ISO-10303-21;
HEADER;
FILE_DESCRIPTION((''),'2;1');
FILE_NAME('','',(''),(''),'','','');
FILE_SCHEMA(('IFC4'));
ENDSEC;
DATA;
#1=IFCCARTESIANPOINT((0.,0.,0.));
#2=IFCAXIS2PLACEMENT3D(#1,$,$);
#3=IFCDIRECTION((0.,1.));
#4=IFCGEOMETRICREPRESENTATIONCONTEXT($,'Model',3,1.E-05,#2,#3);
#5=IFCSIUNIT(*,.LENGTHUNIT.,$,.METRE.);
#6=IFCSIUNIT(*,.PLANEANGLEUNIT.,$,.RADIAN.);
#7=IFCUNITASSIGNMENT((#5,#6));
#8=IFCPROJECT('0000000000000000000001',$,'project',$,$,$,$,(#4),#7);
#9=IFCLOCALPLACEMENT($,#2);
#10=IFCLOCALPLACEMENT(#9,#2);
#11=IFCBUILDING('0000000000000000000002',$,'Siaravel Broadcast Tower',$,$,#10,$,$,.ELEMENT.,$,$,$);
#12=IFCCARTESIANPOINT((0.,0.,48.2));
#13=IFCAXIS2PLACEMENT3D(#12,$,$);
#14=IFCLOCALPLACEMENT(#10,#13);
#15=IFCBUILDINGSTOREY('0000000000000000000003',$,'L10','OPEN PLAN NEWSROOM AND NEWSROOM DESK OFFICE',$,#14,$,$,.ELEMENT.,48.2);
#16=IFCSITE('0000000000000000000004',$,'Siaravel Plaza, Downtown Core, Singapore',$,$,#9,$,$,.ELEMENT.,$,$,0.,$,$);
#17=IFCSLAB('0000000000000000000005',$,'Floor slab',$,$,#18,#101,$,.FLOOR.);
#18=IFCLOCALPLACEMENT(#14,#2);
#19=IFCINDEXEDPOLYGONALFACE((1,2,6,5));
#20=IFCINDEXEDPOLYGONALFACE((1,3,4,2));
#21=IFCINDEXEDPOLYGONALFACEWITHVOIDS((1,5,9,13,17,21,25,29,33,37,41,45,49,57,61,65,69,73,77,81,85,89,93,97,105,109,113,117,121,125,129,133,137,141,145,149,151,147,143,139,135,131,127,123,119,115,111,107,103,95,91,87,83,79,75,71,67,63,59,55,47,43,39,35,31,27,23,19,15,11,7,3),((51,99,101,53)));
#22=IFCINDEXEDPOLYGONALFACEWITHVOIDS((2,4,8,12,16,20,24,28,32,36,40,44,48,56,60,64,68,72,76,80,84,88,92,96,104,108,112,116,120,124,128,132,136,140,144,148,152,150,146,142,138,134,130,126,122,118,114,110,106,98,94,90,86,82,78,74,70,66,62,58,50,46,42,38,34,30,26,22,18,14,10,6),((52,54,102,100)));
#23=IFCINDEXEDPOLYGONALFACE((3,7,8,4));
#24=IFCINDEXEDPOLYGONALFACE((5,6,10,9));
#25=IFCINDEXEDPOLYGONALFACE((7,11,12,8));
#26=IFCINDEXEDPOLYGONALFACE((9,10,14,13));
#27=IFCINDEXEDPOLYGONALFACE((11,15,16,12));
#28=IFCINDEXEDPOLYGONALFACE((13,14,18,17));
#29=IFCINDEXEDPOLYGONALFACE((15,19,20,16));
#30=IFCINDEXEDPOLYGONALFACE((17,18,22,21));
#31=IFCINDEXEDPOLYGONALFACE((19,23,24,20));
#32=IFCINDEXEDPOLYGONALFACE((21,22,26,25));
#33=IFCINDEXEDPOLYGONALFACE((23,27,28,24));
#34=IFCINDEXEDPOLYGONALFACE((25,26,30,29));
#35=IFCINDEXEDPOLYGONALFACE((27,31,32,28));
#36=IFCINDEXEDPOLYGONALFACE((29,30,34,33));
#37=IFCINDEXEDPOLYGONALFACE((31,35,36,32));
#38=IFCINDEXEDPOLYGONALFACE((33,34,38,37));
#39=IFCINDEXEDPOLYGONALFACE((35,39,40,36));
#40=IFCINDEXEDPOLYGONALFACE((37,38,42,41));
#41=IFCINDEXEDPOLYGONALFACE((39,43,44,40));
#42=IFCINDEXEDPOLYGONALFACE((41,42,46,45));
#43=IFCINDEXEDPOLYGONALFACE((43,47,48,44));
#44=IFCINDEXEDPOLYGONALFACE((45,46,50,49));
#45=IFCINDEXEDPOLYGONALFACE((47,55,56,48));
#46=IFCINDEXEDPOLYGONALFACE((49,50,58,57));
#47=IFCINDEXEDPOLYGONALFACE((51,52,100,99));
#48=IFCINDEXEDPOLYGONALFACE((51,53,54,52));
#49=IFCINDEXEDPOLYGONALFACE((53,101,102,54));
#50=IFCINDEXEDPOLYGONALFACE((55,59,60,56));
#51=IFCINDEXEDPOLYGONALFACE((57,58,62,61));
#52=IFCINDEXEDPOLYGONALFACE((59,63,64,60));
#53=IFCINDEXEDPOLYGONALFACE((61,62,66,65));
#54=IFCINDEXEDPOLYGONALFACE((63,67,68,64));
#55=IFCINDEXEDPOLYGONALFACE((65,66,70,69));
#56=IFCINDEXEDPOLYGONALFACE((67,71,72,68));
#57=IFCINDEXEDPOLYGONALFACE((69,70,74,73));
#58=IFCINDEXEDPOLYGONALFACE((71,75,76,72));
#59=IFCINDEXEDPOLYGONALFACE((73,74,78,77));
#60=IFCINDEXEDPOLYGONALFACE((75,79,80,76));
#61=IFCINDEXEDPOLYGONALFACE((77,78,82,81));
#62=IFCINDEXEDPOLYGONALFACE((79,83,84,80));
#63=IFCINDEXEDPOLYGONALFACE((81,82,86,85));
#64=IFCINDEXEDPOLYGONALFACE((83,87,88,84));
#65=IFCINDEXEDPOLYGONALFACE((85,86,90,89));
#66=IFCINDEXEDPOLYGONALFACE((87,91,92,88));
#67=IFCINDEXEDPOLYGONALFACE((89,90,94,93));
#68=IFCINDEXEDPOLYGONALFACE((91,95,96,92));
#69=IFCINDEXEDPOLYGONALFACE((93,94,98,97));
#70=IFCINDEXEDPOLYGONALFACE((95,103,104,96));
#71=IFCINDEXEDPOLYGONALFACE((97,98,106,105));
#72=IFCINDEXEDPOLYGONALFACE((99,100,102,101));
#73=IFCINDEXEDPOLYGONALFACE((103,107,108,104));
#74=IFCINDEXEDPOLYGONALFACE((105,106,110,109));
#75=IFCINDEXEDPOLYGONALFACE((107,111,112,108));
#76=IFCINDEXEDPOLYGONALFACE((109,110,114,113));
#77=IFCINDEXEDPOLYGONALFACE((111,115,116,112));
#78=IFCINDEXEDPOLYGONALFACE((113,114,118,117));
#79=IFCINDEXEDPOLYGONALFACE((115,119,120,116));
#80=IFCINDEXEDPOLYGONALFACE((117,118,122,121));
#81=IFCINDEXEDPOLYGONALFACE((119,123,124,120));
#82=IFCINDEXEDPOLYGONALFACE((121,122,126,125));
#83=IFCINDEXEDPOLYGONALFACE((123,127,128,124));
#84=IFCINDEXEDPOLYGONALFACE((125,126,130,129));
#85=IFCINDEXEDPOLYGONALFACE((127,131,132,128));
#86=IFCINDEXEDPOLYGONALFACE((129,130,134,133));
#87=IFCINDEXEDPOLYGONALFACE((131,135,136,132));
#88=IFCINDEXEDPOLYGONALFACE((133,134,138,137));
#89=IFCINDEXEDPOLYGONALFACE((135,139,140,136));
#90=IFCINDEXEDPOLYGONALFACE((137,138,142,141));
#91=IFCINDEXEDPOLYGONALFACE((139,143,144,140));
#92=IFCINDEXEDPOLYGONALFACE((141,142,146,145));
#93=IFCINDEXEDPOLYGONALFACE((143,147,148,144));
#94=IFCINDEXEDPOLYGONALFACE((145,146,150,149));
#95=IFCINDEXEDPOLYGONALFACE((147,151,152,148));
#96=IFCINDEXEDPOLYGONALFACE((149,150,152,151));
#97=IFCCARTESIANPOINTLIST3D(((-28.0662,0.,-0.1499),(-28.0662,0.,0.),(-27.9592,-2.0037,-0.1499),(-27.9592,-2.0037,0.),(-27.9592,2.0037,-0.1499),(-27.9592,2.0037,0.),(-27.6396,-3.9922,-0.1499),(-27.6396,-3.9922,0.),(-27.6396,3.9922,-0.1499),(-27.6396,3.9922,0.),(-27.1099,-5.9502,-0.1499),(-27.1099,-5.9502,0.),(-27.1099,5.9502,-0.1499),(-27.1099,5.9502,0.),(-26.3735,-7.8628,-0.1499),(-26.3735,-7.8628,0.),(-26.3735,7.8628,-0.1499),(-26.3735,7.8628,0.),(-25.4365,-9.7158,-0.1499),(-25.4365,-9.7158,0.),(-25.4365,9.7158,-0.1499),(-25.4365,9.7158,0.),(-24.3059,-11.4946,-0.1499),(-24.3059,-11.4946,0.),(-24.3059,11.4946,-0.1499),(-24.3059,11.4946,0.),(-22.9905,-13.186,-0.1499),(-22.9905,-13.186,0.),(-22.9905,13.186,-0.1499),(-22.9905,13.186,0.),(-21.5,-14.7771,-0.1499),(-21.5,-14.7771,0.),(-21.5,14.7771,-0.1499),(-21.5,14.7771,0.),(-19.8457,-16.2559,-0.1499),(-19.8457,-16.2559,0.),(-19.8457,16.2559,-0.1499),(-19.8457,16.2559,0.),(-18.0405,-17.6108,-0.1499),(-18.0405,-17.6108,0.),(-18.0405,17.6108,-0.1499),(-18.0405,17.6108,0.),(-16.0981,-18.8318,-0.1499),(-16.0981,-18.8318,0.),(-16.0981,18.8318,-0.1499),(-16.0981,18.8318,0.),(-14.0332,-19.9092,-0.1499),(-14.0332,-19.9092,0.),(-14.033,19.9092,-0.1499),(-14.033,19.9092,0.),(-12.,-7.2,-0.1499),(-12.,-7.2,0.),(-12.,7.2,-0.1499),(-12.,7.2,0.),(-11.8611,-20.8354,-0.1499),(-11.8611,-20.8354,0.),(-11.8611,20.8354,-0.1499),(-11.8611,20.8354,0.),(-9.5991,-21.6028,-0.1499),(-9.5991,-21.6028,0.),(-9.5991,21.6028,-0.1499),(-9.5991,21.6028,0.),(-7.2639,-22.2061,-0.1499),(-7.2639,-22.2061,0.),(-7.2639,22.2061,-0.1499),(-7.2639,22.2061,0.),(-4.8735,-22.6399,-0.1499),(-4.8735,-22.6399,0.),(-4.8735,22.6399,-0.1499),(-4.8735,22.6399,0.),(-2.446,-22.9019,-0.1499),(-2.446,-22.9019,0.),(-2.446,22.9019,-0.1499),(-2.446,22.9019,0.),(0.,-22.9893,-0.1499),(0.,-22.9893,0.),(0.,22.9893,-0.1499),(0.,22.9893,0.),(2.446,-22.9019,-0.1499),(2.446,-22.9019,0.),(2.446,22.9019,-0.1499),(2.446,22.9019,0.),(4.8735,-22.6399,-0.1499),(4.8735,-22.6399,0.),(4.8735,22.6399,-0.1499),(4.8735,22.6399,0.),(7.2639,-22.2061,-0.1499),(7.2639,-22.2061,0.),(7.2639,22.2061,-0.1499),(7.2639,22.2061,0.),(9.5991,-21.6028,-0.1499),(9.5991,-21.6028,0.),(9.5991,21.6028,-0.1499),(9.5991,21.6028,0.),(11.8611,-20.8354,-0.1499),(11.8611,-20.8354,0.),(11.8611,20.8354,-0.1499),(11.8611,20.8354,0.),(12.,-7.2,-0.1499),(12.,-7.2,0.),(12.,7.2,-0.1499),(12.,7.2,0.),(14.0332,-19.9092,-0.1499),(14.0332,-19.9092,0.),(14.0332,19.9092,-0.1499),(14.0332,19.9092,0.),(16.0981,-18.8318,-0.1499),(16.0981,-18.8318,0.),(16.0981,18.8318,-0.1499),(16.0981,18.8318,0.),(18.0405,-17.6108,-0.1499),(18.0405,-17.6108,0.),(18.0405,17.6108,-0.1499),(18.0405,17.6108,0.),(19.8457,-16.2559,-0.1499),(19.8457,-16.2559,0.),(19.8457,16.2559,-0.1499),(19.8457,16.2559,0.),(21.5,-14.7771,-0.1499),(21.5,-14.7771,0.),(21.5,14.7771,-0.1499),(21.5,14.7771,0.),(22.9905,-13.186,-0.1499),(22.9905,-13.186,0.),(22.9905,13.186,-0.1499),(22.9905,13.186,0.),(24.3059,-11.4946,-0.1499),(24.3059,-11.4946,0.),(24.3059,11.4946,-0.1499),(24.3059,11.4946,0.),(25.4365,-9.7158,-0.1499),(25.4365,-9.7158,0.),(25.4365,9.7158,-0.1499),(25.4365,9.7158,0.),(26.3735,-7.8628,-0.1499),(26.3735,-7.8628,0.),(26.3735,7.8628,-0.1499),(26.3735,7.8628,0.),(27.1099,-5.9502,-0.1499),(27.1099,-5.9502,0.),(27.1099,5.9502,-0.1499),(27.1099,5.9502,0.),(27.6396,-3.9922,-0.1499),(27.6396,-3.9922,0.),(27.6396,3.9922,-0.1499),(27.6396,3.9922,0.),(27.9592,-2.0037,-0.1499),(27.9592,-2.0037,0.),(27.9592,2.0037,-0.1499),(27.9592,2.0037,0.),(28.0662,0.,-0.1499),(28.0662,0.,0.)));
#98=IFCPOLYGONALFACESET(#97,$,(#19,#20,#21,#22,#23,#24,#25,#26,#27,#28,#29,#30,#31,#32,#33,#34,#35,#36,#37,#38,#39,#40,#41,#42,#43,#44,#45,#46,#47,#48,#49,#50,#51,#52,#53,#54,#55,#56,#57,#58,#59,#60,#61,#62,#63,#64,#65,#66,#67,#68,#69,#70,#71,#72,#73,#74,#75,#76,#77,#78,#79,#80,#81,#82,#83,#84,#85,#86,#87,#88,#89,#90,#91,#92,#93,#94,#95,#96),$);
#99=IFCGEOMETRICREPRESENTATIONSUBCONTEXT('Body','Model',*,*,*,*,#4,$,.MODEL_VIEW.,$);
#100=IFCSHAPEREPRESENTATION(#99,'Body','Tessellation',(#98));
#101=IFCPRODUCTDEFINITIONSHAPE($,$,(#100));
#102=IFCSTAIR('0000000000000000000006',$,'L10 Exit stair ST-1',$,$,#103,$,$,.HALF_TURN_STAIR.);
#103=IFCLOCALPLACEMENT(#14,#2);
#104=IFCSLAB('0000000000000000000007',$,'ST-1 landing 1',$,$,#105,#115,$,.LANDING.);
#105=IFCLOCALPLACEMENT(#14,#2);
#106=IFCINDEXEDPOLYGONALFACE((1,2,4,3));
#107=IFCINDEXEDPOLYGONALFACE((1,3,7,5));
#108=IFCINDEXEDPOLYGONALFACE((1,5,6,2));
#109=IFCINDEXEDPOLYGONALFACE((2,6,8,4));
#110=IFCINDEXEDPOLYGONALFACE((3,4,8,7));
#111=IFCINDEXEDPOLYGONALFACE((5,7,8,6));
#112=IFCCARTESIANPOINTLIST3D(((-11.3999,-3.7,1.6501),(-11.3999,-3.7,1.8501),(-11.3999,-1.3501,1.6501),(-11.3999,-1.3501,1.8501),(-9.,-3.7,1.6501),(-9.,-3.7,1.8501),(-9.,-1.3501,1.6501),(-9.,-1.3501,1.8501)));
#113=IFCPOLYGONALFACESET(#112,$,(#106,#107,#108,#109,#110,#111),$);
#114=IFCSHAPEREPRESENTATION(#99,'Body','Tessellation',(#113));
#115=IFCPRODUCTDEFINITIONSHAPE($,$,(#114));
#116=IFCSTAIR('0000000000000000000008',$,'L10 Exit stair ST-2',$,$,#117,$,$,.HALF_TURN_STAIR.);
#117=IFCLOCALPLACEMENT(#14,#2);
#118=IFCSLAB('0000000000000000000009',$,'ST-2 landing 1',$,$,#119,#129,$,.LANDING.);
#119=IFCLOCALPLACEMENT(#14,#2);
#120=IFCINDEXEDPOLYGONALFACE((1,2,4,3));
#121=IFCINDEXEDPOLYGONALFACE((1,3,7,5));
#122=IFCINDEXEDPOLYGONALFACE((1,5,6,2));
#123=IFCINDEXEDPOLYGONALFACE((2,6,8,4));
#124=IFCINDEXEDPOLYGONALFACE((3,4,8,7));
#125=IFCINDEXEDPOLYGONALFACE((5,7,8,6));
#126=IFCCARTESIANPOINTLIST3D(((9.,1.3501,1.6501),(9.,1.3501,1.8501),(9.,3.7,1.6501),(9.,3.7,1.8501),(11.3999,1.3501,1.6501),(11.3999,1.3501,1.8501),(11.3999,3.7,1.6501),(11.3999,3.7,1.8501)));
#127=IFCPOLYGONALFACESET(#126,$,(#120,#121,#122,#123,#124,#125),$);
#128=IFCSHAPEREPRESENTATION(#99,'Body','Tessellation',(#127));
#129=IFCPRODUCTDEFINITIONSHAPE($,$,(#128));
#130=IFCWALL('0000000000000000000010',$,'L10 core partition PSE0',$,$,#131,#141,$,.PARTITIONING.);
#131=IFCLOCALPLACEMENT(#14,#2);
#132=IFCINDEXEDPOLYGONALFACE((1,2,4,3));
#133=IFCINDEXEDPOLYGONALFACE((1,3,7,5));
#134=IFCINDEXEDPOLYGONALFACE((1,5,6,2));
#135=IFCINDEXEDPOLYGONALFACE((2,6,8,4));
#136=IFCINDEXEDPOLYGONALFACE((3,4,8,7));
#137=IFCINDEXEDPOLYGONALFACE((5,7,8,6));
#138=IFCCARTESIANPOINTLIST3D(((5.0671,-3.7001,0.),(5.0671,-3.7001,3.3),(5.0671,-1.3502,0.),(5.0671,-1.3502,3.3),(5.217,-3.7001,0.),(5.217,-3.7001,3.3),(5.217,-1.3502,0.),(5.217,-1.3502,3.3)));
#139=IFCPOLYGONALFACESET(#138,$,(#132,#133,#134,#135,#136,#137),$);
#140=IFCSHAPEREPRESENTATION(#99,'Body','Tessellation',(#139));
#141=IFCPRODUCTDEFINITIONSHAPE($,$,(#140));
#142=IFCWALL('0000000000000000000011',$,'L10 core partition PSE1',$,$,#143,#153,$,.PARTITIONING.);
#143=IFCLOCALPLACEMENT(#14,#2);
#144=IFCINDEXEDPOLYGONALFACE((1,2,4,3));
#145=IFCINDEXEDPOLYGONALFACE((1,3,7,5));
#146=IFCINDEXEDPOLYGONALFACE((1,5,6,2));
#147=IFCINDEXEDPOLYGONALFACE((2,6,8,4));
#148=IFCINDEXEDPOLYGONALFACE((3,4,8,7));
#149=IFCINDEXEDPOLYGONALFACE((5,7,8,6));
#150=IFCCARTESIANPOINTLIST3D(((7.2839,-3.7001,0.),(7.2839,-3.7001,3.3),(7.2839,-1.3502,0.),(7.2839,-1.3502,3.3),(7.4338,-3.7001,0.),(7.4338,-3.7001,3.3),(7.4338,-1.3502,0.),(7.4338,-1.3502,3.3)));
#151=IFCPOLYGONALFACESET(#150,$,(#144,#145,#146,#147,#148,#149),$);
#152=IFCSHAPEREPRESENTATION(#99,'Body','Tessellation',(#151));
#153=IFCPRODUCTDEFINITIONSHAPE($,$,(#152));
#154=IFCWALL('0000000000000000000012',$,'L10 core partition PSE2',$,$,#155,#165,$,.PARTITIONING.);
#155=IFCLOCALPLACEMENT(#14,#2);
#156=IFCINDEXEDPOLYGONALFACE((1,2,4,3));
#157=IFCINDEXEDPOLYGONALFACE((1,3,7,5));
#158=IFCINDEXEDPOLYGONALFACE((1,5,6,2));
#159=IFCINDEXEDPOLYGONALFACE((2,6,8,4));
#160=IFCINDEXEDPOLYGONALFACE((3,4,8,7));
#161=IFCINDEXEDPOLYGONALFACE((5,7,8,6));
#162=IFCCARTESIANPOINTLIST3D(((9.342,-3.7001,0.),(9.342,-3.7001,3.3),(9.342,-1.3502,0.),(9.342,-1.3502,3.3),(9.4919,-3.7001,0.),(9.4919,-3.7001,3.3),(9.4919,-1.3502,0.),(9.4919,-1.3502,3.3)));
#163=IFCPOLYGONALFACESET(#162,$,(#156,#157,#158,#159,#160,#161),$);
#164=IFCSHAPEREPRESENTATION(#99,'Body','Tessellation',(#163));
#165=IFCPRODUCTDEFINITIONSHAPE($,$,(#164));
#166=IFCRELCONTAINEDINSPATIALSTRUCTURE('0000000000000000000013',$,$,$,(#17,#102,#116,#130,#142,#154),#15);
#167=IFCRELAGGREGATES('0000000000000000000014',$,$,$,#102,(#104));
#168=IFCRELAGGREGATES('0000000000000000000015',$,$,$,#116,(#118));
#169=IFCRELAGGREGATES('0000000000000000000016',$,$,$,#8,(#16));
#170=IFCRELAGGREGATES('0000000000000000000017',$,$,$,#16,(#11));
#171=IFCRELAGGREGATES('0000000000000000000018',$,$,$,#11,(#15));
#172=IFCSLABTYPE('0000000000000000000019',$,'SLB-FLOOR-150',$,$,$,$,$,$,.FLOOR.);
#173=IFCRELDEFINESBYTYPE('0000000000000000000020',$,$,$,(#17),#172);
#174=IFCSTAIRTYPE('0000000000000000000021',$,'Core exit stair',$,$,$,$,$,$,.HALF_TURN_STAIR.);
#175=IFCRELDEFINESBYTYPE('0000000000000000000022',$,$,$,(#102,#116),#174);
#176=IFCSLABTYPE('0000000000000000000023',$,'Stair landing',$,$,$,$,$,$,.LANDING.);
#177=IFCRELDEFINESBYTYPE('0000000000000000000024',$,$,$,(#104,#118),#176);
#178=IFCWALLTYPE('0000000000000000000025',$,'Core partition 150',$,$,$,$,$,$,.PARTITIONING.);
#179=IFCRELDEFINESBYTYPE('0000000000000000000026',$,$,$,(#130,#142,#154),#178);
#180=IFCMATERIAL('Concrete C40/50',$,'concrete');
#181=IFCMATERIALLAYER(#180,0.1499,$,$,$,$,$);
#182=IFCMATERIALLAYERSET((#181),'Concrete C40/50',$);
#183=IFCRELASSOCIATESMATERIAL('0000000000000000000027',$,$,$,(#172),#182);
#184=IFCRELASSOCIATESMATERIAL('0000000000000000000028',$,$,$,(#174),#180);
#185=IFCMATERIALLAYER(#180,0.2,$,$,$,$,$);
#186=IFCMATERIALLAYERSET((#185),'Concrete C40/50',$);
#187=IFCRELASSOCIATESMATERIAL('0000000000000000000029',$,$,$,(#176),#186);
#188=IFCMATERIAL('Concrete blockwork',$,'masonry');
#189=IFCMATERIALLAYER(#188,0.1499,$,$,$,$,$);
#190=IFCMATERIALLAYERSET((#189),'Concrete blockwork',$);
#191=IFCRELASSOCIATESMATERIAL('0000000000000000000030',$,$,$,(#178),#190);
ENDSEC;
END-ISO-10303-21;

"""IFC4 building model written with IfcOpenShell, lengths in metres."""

from ifc_helpers import new_model, si_unit, direction, frame, frame_2d, origin, place, context, subcontext, project, spatial, polyline, rectangle, outline, extrude, material, layer, layer_set, type_object, element, aggregate, save


model = new_model("IFC4")

# Units and contexts
model_context = context("Model", 3, precision=1e-05, world=origin(), true_north=direction((0.0, 1.0)))
body_context = subcontext(model_context, "Body", "Model", "MODEL_VIEW")
ifc_project = project(units=[si_unit("LENGTHUNIT", "METRE"), si_unit("PLANEANGLEUNIT", "RADIAN")], contexts=[model_context])

# Site, building, storey
site_placement = place(None, origin())
site = spatial("IfcSite", under=ifc_project, at=site_placement, Name="Siaravel Plaza, Downtown Core, Singapore", CompositionType="ELEMENT", RefElevation=0.0)
building_placement = place(site_placement, origin())
building = spatial("IfcBuilding", under=site, at=building_placement, Name="Siaravel Broadcast Tower", CompositionType="ELEMENT")
storey_placement = place(building_placement, frame((0.0, 0.0, 48.2)))
storey = spatial("IfcBuildingStorey", under=building, at=storey_placement, Name="L10", Description="OPEN PLAN NEWSROOM AND NEWSROOM DESK OFFICE", CompositionType="ELEMENT", Elevation=48.2)

# Slab
ifc_material_1 = material(Name="Concrete C40/50", Category="concrete")
ifc_layer_1 = layer(ifc_material_1, 0.1499)
ifc_layer_set_1 = layer_set([ifc_layer_1], Name="Concrete C40/50")
slab_type_1 = type_object("IfcSlabType", Name="SLB-FLOOR-150", PredefinedType="FLOOR", material=ifc_layer_set_1)
slab_1_placement = place(storey_placement, frame((0.0, 0.0, -0.1499)))
element("IfcSlab", 1, at=slab_1_placement, inside=storey, type_object=slab_type_1, Name="Floor slab", PredefinedType="FLOOR", context=body_context, shape_type="SweptSolid", body=[
    extrude(outline(polyline([(28.0662, 0.0), (27.9592, 2.0037), (27.6396, 3.9922), (27.1099, 5.9502), (26.3735, 7.8628), (25.4365, 9.7158), (24.3059, 11.4946), (22.9905, 13.186), (21.5, 14.7771), (19.8457, 16.2559), (18.0405, 17.6108), (16.0981, 18.8318), (14.0332, 19.9092), (11.8611, 20.8354), (9.5991, 21.6028), (7.2639, 22.2061), (4.8735, 22.6399), (2.446, 22.9019), (0.0, 22.9893), (-2.446, 22.9019), (-4.8735, 22.6399), (-7.2639, 22.2061), (-9.5991, 21.6028), (-11.8611, 20.8354), (-14.033, 19.9092), (-16.0981, 18.8318), (-18.0405, 17.6108), (-19.8457, 16.2559), (-21.5, 14.7771), (-22.9905, 13.186), (-24.3059, 11.4946), (-25.4365, 9.7158), (-26.3735, 7.8628), (-27.1099, 5.9502), (-27.6396, 3.9922), (-27.9592, 2.0037), (-28.0662, 0.0), (-27.9592, -2.0037), (-27.6396, -3.9922), (-27.1099, -5.9502), (-26.3735, -7.8628), (-25.4365, -9.7158), (-24.3059, -11.4946), (-22.9905, -13.186), (-21.5, -14.7771), (-19.8457, -16.2559), (-18.0405, -17.6108), (-16.0981, -18.8318), (-14.0332, -19.9092), (-11.8611, -20.8354), (-9.5991, -21.6028), (-7.2639, -22.2061), (-4.8735, -22.6399), (-2.446, -22.9019), (0.0, -22.9893), (2.446, -22.9019), (4.8735, -22.6399), (7.2639, -22.2061), (9.5991, -21.6028), (11.8611, -20.8354), (14.0332, -19.9092), (16.0981, -18.8318), (18.0405, -17.6108), (19.8457, -16.2559), (21.5, -14.7771), (22.9905, -13.186), (24.3059, -11.4946), (25.4365, -9.7158), (26.3735, -7.8628), (27.1099, -5.9502), (27.6396, -3.9922), (27.9592, -2.0037), (28.0662, 0.0)]), holes=[polyline([(-12.0, 7.2), (12.0, 7.2), (12.0, -7.2), (-12.0, -7.2), (-12.0, 7.2)])]), origin(), (0.0, 0.0, 1.0), 0.1499),
])

# Stairs, slabs
stair_type = type_object("IfcStairType", Name="Core exit stair", PredefinedType="HALF_TURN_STAIR", material=ifc_material_1)
stair_1_placement = place(storey_placement, origin())
stair_1 = element("IfcStair", 2, at=stair_1_placement, inside=storey, type_object=stair_type, Name="L10 Exit stair ST-1", PredefinedType="HALF_TURN_STAIR")
ifc_layer_2 = layer(ifc_material_1, 0.2)
ifc_layer_set_2 = layer_set([ifc_layer_2], Name="Concrete C40/50")
slab_type_2 = type_object("IfcSlabType", Name="Stair landing", PredefinedType="LANDING", material=ifc_layer_set_2)
slab_2_placement = place(storey_placement, frame((0.0, 0.0, 1.6501)))
slab_2 = element("IfcSlab", 3, at=slab_2_placement, type_object=slab_type_2, Name="ST-1 landing 1", PredefinedType="LANDING", context=body_context, shape_type="SweptSolid", body=[
    extrude(outline(polyline([(-9.0, -1.3501), (-11.3999, -1.3501), (-11.3999, -3.7), (-9.0, -3.7), (-9.0, -1.3501)])), origin(), (0.0, 0.0, 1.0), 0.2),
])
aggregate(stair_1, [slab_2])
stair_2_placement = place(storey_placement, origin())
stair_2 = element("IfcStair", 4, at=stair_2_placement, inside=storey, type_object=stair_type, Name="L10 Exit stair ST-2", PredefinedType="HALF_TURN_STAIR")
slab_3_placement = place(storey_placement, frame((0.0, 0.0, 1.6501)))
slab_3 = element("IfcSlab", 5, at=slab_3_placement, type_object=slab_type_2, Name="ST-2 landing 1", PredefinedType="LANDING", context=body_context, shape_type="SweptSolid", body=[
    extrude(outline(polyline([(9.0, 1.3501), (11.3999, 1.3501), (11.3999, 3.7), (9.0, 3.7), (9.0, 1.3501)])), origin(), (0.0, 0.0, 1.0), 0.2),
])
aggregate(stair_2, [slab_3])

# Walls
ifc_material_2 = material(Name="Concrete blockwork", Category="masonry")
ifc_layer_3 = layer(ifc_material_2, 0.1499)
ifc_layer_set_3 = layer_set([ifc_layer_3], Name="Concrete blockwork")
wall_type_1 = type_object("IfcWallType", Name="Core partition 150", PredefinedType="PARTITIONING", material=ifc_layer_set_3)
for number, where, z_axis, x_axis, name in (
    (6, (5.1421, -3.7, 0.0), (0.0, 0.0, 1.0), (0.0, 1.0, 0.0), "L10 core partition PSE0"),
    (7, (7.3589, -3.7, 0.0), (0.0, 0.0, 1.0), (0.0, 1.0, 0.0), "L10 core partition PSE1"),
    (8, (9.417, -3.7, 0.0), (0.0, 0.0, 1.0), (0.0, 1.0, 0.0), "L10 core partition PSE2"),
):
    element("IfcWall", number, at=place(storey_placement, frame(where, z_axis=z_axis, x_axis=x_axis)), inside=storey, type_object=wall_type_1, Name=name, PredefinedType="PARTITIONING", context=body_context, shape_type="SweptSolid", body=[
        extrude(rectangle(XDim=2.3499, YDim=0.1499, at=frame_2d((1.1748, 0.0))), origin(), (0.0, 0.0, 1.0), 3.3),
    ])

save(model, "model.ifc")
